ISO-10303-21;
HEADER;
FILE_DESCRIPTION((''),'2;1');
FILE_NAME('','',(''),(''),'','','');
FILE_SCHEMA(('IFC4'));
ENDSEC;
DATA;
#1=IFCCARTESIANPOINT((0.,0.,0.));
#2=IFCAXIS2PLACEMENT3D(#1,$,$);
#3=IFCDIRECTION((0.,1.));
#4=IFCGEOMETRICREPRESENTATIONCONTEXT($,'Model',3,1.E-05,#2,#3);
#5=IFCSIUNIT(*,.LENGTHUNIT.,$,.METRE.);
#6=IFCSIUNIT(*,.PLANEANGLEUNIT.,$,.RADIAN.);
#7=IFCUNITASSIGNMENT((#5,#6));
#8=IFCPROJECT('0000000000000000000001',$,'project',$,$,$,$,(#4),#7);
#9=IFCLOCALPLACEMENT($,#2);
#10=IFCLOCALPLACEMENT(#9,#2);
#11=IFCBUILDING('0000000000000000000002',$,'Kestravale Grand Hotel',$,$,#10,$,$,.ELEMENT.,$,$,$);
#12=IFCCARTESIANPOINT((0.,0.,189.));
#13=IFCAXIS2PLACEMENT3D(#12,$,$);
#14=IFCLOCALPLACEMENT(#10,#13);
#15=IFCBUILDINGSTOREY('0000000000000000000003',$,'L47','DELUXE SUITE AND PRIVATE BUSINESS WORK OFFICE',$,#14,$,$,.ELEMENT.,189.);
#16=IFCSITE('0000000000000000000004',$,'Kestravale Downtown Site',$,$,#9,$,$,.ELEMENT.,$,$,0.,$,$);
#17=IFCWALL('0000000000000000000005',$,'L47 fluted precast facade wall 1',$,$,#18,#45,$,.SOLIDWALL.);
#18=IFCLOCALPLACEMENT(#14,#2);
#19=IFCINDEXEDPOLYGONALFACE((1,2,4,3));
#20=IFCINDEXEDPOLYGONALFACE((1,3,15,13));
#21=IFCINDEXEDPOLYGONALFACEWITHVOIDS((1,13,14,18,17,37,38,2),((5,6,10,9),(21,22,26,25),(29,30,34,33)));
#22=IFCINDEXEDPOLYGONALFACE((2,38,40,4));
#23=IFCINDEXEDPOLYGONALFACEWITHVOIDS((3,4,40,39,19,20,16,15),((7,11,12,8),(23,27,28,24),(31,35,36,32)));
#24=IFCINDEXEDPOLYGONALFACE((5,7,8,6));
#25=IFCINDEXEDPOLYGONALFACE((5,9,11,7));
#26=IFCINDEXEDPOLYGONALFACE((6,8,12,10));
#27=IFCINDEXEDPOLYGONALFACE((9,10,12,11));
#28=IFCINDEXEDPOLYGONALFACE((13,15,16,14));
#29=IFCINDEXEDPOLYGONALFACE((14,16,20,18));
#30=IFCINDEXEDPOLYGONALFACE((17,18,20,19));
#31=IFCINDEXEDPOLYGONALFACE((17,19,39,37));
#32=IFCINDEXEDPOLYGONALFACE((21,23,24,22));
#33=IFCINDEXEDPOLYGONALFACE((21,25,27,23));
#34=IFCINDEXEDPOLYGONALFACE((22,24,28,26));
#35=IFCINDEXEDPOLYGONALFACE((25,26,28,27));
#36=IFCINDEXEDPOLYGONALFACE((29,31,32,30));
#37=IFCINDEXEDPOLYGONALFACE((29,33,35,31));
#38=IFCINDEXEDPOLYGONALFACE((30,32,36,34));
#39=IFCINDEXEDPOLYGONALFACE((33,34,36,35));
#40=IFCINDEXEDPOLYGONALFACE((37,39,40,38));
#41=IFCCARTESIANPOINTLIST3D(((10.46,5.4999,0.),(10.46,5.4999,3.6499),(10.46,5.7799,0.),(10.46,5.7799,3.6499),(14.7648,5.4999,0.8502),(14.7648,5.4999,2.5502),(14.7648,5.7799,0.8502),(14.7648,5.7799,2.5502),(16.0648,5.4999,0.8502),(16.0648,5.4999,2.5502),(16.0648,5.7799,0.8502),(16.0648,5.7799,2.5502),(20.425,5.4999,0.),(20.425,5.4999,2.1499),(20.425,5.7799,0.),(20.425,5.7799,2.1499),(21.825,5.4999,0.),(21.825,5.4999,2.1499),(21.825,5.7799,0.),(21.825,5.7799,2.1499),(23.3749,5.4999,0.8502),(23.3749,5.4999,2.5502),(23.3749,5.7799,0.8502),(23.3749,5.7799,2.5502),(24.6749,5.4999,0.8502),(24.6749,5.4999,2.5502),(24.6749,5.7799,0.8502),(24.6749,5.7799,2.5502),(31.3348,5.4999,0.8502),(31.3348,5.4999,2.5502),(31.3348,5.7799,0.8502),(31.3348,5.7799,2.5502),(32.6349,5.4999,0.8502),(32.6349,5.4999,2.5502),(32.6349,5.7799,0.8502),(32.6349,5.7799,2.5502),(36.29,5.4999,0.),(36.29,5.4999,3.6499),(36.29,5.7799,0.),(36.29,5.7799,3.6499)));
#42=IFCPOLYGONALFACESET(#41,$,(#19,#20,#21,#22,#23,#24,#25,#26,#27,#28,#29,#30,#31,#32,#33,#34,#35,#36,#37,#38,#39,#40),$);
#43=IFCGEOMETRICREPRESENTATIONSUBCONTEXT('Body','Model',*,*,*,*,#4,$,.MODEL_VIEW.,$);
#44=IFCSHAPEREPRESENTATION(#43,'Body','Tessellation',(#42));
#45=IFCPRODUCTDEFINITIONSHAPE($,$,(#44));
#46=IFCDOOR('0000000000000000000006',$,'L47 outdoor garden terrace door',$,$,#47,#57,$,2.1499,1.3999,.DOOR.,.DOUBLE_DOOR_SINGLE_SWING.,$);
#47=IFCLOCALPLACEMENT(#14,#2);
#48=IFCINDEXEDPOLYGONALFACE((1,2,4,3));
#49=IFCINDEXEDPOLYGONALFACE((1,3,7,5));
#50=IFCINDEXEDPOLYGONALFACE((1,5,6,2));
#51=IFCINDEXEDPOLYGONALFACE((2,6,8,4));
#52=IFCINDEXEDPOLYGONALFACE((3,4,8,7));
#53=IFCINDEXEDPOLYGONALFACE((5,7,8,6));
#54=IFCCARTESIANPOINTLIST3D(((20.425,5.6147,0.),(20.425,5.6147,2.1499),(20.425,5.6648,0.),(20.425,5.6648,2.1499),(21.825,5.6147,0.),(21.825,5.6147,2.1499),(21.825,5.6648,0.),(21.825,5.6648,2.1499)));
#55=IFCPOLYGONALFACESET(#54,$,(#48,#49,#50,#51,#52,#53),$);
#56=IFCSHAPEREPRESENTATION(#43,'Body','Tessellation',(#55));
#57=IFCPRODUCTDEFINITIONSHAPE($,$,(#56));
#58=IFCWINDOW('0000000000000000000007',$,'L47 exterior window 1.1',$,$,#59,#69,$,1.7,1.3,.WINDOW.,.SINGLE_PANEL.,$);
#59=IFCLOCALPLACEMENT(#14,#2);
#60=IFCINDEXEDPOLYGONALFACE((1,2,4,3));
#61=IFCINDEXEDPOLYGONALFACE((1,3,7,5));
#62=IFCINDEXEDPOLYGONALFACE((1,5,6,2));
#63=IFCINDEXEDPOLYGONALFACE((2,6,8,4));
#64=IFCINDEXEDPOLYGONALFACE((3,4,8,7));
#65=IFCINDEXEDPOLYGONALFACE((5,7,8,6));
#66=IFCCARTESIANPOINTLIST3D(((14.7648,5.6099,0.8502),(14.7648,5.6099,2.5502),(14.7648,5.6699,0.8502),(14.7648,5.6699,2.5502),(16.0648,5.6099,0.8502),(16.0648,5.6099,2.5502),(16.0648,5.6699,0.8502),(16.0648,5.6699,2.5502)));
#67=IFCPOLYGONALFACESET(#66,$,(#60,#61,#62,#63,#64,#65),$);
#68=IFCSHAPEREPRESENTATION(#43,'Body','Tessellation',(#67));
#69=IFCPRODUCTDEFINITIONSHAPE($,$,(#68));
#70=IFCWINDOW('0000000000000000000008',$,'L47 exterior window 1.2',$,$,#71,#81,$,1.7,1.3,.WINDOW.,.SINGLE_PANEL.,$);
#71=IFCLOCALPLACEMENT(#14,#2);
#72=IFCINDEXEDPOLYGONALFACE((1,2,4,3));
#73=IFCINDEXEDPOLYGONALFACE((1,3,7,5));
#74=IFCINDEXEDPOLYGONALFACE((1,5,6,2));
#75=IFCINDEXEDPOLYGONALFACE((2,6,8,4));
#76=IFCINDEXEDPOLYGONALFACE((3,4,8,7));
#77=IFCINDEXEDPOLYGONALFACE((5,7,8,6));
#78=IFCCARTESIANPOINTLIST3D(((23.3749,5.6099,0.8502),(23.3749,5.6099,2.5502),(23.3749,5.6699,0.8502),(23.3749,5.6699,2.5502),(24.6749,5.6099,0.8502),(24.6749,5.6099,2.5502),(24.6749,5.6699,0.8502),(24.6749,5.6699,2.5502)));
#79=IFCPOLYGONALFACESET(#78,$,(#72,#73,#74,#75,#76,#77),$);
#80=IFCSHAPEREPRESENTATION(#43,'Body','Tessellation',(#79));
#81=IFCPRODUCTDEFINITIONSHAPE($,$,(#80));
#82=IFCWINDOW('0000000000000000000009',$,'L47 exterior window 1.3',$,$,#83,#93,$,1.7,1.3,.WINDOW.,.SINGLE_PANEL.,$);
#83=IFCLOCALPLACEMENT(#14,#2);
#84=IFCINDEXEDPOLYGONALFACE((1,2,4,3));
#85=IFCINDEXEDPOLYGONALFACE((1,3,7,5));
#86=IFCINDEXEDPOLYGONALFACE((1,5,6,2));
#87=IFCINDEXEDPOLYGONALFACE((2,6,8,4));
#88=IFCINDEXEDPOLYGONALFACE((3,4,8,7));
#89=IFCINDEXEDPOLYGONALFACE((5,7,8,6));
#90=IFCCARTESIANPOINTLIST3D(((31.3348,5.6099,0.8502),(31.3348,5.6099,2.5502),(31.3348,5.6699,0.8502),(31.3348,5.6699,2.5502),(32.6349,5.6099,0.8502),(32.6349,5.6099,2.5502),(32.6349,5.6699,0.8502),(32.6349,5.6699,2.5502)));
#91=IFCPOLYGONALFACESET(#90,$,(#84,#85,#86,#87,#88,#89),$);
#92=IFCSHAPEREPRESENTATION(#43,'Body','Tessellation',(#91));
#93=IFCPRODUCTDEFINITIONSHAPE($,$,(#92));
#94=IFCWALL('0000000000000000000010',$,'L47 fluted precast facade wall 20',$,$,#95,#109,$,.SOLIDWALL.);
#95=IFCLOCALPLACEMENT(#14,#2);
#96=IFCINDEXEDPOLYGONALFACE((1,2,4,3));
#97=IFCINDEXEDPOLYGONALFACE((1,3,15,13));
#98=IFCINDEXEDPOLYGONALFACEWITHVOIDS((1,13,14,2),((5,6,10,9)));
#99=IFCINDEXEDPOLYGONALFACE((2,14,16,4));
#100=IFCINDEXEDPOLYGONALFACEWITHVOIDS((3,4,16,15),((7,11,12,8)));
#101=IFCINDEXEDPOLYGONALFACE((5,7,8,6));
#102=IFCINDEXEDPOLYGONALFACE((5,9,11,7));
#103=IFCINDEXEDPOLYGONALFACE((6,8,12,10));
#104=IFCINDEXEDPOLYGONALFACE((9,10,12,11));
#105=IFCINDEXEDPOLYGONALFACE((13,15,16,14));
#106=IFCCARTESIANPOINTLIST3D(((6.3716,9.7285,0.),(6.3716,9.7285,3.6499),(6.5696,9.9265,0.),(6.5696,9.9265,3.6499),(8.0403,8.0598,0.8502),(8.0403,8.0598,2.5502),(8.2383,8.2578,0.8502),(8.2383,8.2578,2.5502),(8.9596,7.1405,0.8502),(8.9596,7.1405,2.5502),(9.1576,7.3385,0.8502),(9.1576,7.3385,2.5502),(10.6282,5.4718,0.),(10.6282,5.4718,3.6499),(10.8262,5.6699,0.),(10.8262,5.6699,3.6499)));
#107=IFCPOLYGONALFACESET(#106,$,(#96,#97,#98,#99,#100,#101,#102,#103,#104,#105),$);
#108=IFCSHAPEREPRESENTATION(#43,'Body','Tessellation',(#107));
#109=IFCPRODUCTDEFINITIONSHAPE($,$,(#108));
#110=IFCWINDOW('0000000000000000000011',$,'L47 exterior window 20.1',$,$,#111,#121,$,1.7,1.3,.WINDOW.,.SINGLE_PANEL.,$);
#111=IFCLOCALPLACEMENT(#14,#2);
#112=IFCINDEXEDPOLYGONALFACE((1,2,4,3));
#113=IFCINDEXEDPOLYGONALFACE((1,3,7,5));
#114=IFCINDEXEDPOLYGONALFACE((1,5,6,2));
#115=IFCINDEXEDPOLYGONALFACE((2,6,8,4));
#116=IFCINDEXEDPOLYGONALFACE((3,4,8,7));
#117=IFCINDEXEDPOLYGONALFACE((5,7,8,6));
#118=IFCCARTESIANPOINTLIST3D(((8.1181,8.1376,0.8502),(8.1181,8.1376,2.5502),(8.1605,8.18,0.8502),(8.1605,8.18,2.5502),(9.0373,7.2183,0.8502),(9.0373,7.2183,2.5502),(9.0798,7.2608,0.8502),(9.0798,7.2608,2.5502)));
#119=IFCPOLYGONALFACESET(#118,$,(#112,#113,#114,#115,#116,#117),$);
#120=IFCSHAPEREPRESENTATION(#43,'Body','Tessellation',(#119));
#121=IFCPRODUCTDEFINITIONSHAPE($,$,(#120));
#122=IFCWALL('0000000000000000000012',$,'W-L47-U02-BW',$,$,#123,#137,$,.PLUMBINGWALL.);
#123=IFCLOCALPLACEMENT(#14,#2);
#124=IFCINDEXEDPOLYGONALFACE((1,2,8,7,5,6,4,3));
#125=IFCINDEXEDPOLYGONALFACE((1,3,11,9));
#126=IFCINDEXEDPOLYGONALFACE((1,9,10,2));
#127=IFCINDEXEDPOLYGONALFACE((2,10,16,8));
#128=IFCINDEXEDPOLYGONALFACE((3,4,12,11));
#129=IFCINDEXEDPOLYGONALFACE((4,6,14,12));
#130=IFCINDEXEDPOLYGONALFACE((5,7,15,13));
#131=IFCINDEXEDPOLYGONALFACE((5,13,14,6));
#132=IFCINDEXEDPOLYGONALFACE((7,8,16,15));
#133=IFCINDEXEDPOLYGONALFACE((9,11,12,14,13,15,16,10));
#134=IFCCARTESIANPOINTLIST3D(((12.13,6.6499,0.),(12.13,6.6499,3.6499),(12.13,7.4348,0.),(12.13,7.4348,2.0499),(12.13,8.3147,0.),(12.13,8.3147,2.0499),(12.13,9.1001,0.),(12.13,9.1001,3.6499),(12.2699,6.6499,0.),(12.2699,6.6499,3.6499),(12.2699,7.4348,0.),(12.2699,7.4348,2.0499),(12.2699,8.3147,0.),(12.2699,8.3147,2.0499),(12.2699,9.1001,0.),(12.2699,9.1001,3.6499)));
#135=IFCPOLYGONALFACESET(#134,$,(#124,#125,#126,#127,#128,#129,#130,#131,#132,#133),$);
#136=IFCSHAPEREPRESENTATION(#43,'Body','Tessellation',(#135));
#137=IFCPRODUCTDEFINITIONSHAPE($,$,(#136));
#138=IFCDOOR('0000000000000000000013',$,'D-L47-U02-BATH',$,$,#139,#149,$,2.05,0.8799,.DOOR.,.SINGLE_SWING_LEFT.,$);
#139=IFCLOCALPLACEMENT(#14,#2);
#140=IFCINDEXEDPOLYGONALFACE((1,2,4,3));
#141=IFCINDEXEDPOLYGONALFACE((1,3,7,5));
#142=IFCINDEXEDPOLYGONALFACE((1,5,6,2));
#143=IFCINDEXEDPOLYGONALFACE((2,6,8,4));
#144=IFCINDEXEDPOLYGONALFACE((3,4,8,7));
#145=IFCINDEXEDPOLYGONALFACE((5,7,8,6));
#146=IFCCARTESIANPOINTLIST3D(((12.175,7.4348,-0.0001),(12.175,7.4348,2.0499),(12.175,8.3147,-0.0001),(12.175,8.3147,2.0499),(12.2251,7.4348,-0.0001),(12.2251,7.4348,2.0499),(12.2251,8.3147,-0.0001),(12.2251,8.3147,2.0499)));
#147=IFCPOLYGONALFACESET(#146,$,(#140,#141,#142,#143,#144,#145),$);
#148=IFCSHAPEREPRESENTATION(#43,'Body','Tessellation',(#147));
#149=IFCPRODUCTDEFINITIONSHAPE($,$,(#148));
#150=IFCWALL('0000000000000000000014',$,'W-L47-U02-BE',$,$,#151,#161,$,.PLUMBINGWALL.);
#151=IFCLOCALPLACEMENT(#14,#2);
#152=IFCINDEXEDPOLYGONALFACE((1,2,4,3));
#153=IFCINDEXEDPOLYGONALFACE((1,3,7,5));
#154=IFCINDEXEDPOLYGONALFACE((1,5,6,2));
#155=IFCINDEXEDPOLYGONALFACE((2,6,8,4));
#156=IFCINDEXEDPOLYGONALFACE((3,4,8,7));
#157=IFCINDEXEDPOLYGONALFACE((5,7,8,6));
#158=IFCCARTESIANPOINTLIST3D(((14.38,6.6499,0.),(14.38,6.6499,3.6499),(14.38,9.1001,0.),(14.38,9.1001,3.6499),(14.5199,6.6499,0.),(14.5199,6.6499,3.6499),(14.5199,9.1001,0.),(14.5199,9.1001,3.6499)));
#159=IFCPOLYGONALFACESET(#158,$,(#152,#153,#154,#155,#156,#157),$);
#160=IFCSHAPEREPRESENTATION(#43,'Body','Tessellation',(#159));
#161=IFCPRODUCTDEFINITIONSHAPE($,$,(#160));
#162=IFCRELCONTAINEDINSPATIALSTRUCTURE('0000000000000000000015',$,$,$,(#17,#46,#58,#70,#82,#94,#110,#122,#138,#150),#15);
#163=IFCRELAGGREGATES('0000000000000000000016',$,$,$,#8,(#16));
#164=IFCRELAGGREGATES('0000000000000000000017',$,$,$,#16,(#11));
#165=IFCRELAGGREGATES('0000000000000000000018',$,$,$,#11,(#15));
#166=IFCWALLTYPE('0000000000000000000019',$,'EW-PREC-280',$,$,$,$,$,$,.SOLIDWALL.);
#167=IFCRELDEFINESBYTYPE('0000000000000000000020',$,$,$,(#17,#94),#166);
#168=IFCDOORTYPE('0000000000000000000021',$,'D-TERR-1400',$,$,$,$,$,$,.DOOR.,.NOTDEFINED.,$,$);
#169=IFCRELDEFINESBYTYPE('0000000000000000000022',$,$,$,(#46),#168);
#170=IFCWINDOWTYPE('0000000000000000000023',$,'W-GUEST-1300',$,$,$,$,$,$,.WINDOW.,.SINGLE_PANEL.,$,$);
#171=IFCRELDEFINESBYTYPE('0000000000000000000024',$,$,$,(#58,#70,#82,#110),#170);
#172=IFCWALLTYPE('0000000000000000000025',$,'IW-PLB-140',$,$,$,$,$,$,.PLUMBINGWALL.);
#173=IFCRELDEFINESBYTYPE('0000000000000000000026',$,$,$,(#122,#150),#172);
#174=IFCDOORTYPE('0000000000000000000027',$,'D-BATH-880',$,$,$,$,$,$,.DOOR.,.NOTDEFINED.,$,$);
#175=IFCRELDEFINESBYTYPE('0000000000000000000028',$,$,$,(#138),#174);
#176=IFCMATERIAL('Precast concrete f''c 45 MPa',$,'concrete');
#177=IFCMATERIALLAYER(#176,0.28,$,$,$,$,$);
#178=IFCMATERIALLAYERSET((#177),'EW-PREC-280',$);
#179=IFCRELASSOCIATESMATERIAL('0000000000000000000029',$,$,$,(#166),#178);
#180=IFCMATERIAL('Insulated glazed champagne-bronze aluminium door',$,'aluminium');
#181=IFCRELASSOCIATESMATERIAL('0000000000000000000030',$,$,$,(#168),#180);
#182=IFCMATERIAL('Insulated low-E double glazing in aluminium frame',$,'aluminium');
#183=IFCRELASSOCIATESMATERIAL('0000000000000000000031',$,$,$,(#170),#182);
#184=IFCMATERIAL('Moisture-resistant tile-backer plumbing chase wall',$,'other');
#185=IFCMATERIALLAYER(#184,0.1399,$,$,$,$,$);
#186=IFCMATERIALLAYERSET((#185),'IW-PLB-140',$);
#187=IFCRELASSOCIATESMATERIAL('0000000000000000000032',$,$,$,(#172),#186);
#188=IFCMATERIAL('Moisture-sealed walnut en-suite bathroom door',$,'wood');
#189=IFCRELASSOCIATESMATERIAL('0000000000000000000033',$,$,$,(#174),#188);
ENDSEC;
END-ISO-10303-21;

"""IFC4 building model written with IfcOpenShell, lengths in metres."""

from ifc_helpers import new_model, si_unit, direction, frame, frame_2d, origin, place, context, subcontext, project, spatial, rectangle, extrude, material, layer, layer_set, type_object, element, fill, save


model = new_model("IFC4")

# Units and contexts
model_context = context("Model", 3, precision=1e-05, world=origin(), true_north=direction((0.0, 1.0)))
body_context = subcontext(model_context, "Body", "Model", "MODEL_VIEW")
ifc_project = project(units=[si_unit("LENGTHUNIT", "METRE"), si_unit("PLANEANGLEUNIT", "RADIAN")], contexts=[model_context])

# Site, building, storey
site_placement = place(None, origin())
site = spatial("IfcSite", under=ifc_project, at=site_placement, Name="Kestravale Downtown Site", CompositionType="ELEMENT", RefElevation=0.0)
building_placement = place(site_placement, origin())
building = spatial("IfcBuilding", under=site, at=building_placement, Name="Kestravale Grand Hotel", CompositionType="ELEMENT")
storey_placement = place(building_placement, frame((0.0, 0.0, 189.0)))
storey = spatial("IfcBuildingStorey", under=building, at=storey_placement, Name="L47", Description="DELUXE SUITE AND PRIVATE BUSINESS WORK OFFICE", CompositionType="ELEMENT", Elevation=189.0)

# Wall, openings, door, windows
ifc_material_1 = material(Name="Precast concrete f'c 45 MPa", Category="concrete")
ifc_layer_1 = layer(ifc_material_1, 0.28)
ifc_layer_set_1 = layer_set([ifc_layer_1], Name="EW-PREC-280")
wall_type_1 = type_object("IfcWallType", Name="EW-PREC-280", PredefinedType="SOLIDWALL", material=ifc_layer_set_1)
wall_1_placement = place(storey_placement, frame((10.46, 5.6399, 0.0), z_axis=(0.0, 0.0, 1.0), x_axis=(1.0, 0.0, 0.0)))
wall_1 = element("IfcWall", 1, at=wall_1_placement, inside=storey, type_object=wall_type_1, Name="L47 fluted precast facade wall 1", PredefinedType="SOLIDWALL", context=body_context, shape_type="SweptSolid", body=[
    extrude(rectangle(XDim=25.8301, YDim=0.28, at=frame_2d((12.915, 0.0))), origin(), (0.0, 0.0, 1.0), 3.6499),
])
opening_1_placement = place(wall_1_placement, frame((9.9651, 0.0, 0.0)))
opening_1 = element("IfcOpeningElement", 2, at=opening_1_placement, cuts=wall_1, PredefinedType="OPENING", context=body_context, shape_type="SweptSolid", body=[
    extrude(rectangle(XDim=1.3999, YDim=2.1499, at=frame_2d((0.7, 1.075))), frame((0.0, 0.1499, 0.0), z_axis=(0.0, -1.0, 0.0), x_axis=(1.0, 0.0, 0.0)), (0.0, 0.0, 1.0), 0.3),
])
opening_2_placement = place(wall_1_placement, frame((4.3049, 0.0, 0.8501)))
opening_2 = element("IfcOpeningElement", 3, at=opening_2_placement, cuts=wall_1, PredefinedType="OPENING", context=body_context, shape_type="SweptSolid", body=[
    extrude(rectangle(XDim=1.3, YDim=1.7, at=frame_2d((0.6499, 0.8501))), frame((0.0, 0.1499, 0.0), z_axis=(0.0, -1.0, 0.0), x_axis=(1.0, 0.0, 0.0)), (0.0, 0.0, 1.0), 0.3),
])
opening_3_placement = place(wall_1_placement, frame((12.915, 0.0, 0.8501)))
opening_3 = element("IfcOpeningElement", 4, at=opening_3_placement, cuts=wall_1, PredefinedType="OPENING", context=body_context, shape_type="SweptSolid", body=[
    extrude(rectangle(XDim=1.3, YDim=1.7, at=frame_2d((0.6499, 0.8501))), frame((0.0, 0.1499, 0.0), z_axis=(0.0, -1.0, 0.0), x_axis=(1.0, 0.0, 0.0)), (0.0, 0.0, 1.0), 0.3),
])
opening_4_placement = place(wall_1_placement, frame((20.875, 0.0, 0.8501)))
opening_4 = element("IfcOpeningElement", 5, at=opening_4_placement, cuts=wall_1, PredefinedType="OPENING", context=body_context, shape_type="SweptSolid", body=[
    extrude(rectangle(XDim=1.3, YDim=1.7, at=frame_2d((0.6499, 0.8501))), frame((0.0, 0.1499, 0.0), z_axis=(0.0, -1.0, 0.0), x_axis=(1.0, 0.0, 0.0)), (0.0, 0.0, 1.0), 0.3),
])
ifc_material_2 = material(Name="Insulated glazed champagne-bronze aluminium door", Category="aluminium")
door_type_1 = type_object("IfcDoorType", Name="D-TERR-1400", OperationType="NOTDEFINED", PredefinedType="DOOR", material=ifc_material_2)
door_1_placement = place(opening_1_placement, origin())
door_1 = element("IfcDoor", 6, at=door_1_placement, inside=storey, type_object=door_type_1, Name="L47 outdoor garden terrace door", OperationType="DOUBLE_DOOR_SINGLE_SWING", OverallHeight=2.1499, OverallWidth=1.3999, PredefinedType="DOOR", context=body_context, shape_type="SweptSolid", body=[
    extrude(rectangle(XDim=1.3999, YDim=2.1499, at=frame_2d((0.7, 1.075))), frame((0.0, 0.0249, 0.0), z_axis=(0.0, -1.0, 0.0), x_axis=(1.0, 0.0, 0.0)), (0.0, 0.0, 1.0), 0.05),
])
fill(opening_1, door_1)
ifc_material_3 = material(Name="Insulated low-E double glazing in aluminium frame", Category="aluminium")
window_type = type_object("IfcWindowType", Name="W-GUEST-1300", PartitioningType="SINGLE_PANEL", PredefinedType="WINDOW", material=ifc_material_3)
window_1_placement = place(opening_2_placement, origin())
window_1 = element("IfcWindow", 7, at=window_1_placement, inside=storey, type_object=window_type, Name="L47 exterior window 1.1", OverallHeight=1.7, OverallWidth=1.3, PartitioningType="SINGLE_PANEL", PredefinedType="WINDOW", context=body_context, shape_type="SweptSolid", body=[
    extrude(rectangle(XDim=1.3, YDim=1.7, at=frame_2d((0.6499, 0.8501))), frame((0.0, 0.03, 0.0), z_axis=(0.0, -1.0, 0.0), x_axis=(1.0, 0.0, 0.0)), (0.0, 0.0, 1.0), 0.0601),
])
fill(opening_2, window_1)
window_2_placement = place(opening_3_placement, origin())
window_2 = element("IfcWindow", 8, at=window_2_placement, inside=storey, type_object=window_type, Name="L47 exterior window 1.2", OverallHeight=1.7, OverallWidth=1.3, PartitioningType="SINGLE_PANEL", PredefinedType="WINDOW", context=body_context, shape_type="SweptSolid", body=[
    extrude(rectangle(XDim=1.3, YDim=1.7, at=frame_2d((0.6499, 0.8501))), frame((0.0, 0.03, 0.0), z_axis=(0.0, -1.0, 0.0), x_axis=(1.0, 0.0, 0.0)), (0.0, 0.0, 1.0), 0.0601),
])
fill(opening_3, window_2)
window_3_placement = place(opening_4_placement, origin())
window_3 = element("IfcWindow", 9, at=window_3_placement, inside=storey, type_object=window_type, Name="L47 exterior window 1.3", OverallHeight=1.7, OverallWidth=1.3, PartitioningType="SINGLE_PANEL", PredefinedType="WINDOW", context=body_context, shape_type="SweptSolid", body=[
    extrude(rectangle(XDim=1.3, YDim=1.7, at=frame_2d((0.6499, 0.8501))), frame((0.0, 0.03, 0.0), z_axis=(0.0, -1.0, 0.0), x_axis=(1.0, 0.0, 0.0)), (0.0, 0.0, 1.0), 0.0601),
])
fill(opening_4, window_3)

# Wall, opening, window
wall_2_placement = place(storey_placement, frame((6.4707, 9.8274, 0.0), z_axis=(0.0, 0.0, 1.0), x_axis=(0.707107, -0.707107, 0.0)))
wall_2 = element("IfcWall", 10, at=wall_2_placement, inside=storey, type_object=wall_type_1, Name="L47 fluted precast facade wall 20", PredefinedType="SOLIDWALL", context=body_context, shape_type="SweptSolid", body=[
    extrude(rectangle(XDim=6.0198, YDim=0.28, at=frame_2d((3.0098, 0.0))), origin(), (0.0, 0.0, 1.0), 3.6499),
])
opening_5_placement = place(wall_2_placement, frame((2.3599, 0.0, 0.8501)))
opening_5 = element("IfcOpeningElement", 11, at=opening_5_placement, cuts=wall_2, PredefinedType="OPENING", context=body_context, shape_type="SweptSolid", body=[
    extrude(rectangle(XDim=1.3, YDim=1.7, at=frame_2d((0.6499, 0.8501))), frame((0.0, 0.1499, 0.0), z_axis=(0.0, -1.0, 0.0), x_axis=(1.0, 0.0, 0.0)), (0.0, 0.0, 1.0), 0.3),
])
window_4_placement = place(opening_5_placement, origin())
window_4 = element("IfcWindow", 12, at=window_4_placement, inside=storey, type_object=window_type, Name="L47 exterior window 20.1", OverallHeight=1.7, OverallWidth=1.3, PartitioningType="SINGLE_PANEL", PredefinedType="WINDOW", context=body_context, shape_type="SweptSolid", body=[
    extrude(rectangle(XDim=1.3, YDim=1.7, at=frame_2d((0.6499, 0.8501))), frame((0.0, 0.03, 0.0), z_axis=(0.0, -1.0, 0.0), x_axis=(1.0, 0.0, 0.0)), (0.0, 0.0, 1.0), 0.0601),
])
fill(opening_5, window_4)

# Wall, opening, door
ifc_material_4 = material(Name="Moisture-resistant tile-backer plumbing chase wall", Category="other")
ifc_layer_2 = layer(ifc_material_4, 0.1399)
ifc_layer_set_2 = layer_set([ifc_layer_2], Name="IW-PLB-140")
wall_type_2 = type_object("IfcWallType", Name="IW-PLB-140", PredefinedType="PLUMBINGWALL", material=ifc_layer_set_2)
wall_3_placement = place(storey_placement, frame((12.2, 6.6499, 0.0), z_axis=(0.0, 0.0, 1.0), x_axis=(0.0, 1.0, 0.0)))
wall_3 = element("IfcWall", 13, at=wall_3_placement, inside=storey, type_object=wall_type_2, Name="W-L47-U02-BW", PredefinedType="PLUMBINGWALL", context=body_context, shape_type="SweptSolid", body=[
    extrude(rectangle(XDim=2.4502, YDim=0.1399, at=frame_2d((1.2251, 0.0))), origin(), (0.0, 0.0, 1.0), 3.6499),
])
opening_6_placement = place(wall_3_placement, frame((0.7849, 0.0, 0.0)))
opening_6 = element("IfcOpeningElement", 14, at=opening_6_placement, cuts=wall_3, PredefinedType="OPENING", context=body_context, shape_type="SweptSolid", body=[
    extrude(rectangle(XDim=0.8799, YDim=2.05, at=frame_2d((0.4399, 1.0249))), frame((0.0, 0.0798, 0.0), z_axis=(0.0, -1.0, 0.0), x_axis=(1.0, 0.0, 0.0)), (0.0, 0.0, 1.0), 0.1599),
])
ifc_material_5 = material(Name="Moisture-sealed walnut en-suite bathroom door", Category="wood")
door_type_2 = type_object("IfcDoorType", Name="D-BATH-880", OperationType="NOTDEFINED", PredefinedType="DOOR", material=ifc_material_5)
door_2_placement = place(opening_6_placement, origin())
door_2 = element("IfcDoor", 15, at=door_2_placement, inside=storey, type_object=door_type_2, Name="D-L47-U02-BATH", OperationType="SINGLE_SWING_LEFT", OverallHeight=2.05, OverallWidth=0.8799, PredefinedType="DOOR", context=body_context, shape_type="SweptSolid", body=[
    extrude(rectangle(XDim=0.8799, YDim=2.05, at=frame_2d((0.4399, 1.0249))), frame((0.0, 0.0249, 0.0), z_axis=(0.0, -1.0, 0.0), x_axis=(1.0, 0.0, 0.0)), (0.0, 0.0, 1.0), 0.05),
])
fill(opening_6, door_2)

# Wall
wall_4_placement = place(storey_placement, frame((14.45, 6.6499, 0.0), z_axis=(0.0, 0.0, 1.0), x_axis=(0.0, 1.0, 0.0)))
element("IfcWall", 16, at=wall_4_placement, inside=storey, type_object=wall_type_2, Name="W-L47-U02-BE", PredefinedType="PLUMBINGWALL", context=body_context, shape_type="SweptSolid", body=[
    extrude(rectangle(XDim=2.4502, YDim=0.1399, at=frame_2d((1.2251, 0.0))), origin(), (0.0, 0.0, 1.0), 3.6499),
])

save(model, "model.ifc")
